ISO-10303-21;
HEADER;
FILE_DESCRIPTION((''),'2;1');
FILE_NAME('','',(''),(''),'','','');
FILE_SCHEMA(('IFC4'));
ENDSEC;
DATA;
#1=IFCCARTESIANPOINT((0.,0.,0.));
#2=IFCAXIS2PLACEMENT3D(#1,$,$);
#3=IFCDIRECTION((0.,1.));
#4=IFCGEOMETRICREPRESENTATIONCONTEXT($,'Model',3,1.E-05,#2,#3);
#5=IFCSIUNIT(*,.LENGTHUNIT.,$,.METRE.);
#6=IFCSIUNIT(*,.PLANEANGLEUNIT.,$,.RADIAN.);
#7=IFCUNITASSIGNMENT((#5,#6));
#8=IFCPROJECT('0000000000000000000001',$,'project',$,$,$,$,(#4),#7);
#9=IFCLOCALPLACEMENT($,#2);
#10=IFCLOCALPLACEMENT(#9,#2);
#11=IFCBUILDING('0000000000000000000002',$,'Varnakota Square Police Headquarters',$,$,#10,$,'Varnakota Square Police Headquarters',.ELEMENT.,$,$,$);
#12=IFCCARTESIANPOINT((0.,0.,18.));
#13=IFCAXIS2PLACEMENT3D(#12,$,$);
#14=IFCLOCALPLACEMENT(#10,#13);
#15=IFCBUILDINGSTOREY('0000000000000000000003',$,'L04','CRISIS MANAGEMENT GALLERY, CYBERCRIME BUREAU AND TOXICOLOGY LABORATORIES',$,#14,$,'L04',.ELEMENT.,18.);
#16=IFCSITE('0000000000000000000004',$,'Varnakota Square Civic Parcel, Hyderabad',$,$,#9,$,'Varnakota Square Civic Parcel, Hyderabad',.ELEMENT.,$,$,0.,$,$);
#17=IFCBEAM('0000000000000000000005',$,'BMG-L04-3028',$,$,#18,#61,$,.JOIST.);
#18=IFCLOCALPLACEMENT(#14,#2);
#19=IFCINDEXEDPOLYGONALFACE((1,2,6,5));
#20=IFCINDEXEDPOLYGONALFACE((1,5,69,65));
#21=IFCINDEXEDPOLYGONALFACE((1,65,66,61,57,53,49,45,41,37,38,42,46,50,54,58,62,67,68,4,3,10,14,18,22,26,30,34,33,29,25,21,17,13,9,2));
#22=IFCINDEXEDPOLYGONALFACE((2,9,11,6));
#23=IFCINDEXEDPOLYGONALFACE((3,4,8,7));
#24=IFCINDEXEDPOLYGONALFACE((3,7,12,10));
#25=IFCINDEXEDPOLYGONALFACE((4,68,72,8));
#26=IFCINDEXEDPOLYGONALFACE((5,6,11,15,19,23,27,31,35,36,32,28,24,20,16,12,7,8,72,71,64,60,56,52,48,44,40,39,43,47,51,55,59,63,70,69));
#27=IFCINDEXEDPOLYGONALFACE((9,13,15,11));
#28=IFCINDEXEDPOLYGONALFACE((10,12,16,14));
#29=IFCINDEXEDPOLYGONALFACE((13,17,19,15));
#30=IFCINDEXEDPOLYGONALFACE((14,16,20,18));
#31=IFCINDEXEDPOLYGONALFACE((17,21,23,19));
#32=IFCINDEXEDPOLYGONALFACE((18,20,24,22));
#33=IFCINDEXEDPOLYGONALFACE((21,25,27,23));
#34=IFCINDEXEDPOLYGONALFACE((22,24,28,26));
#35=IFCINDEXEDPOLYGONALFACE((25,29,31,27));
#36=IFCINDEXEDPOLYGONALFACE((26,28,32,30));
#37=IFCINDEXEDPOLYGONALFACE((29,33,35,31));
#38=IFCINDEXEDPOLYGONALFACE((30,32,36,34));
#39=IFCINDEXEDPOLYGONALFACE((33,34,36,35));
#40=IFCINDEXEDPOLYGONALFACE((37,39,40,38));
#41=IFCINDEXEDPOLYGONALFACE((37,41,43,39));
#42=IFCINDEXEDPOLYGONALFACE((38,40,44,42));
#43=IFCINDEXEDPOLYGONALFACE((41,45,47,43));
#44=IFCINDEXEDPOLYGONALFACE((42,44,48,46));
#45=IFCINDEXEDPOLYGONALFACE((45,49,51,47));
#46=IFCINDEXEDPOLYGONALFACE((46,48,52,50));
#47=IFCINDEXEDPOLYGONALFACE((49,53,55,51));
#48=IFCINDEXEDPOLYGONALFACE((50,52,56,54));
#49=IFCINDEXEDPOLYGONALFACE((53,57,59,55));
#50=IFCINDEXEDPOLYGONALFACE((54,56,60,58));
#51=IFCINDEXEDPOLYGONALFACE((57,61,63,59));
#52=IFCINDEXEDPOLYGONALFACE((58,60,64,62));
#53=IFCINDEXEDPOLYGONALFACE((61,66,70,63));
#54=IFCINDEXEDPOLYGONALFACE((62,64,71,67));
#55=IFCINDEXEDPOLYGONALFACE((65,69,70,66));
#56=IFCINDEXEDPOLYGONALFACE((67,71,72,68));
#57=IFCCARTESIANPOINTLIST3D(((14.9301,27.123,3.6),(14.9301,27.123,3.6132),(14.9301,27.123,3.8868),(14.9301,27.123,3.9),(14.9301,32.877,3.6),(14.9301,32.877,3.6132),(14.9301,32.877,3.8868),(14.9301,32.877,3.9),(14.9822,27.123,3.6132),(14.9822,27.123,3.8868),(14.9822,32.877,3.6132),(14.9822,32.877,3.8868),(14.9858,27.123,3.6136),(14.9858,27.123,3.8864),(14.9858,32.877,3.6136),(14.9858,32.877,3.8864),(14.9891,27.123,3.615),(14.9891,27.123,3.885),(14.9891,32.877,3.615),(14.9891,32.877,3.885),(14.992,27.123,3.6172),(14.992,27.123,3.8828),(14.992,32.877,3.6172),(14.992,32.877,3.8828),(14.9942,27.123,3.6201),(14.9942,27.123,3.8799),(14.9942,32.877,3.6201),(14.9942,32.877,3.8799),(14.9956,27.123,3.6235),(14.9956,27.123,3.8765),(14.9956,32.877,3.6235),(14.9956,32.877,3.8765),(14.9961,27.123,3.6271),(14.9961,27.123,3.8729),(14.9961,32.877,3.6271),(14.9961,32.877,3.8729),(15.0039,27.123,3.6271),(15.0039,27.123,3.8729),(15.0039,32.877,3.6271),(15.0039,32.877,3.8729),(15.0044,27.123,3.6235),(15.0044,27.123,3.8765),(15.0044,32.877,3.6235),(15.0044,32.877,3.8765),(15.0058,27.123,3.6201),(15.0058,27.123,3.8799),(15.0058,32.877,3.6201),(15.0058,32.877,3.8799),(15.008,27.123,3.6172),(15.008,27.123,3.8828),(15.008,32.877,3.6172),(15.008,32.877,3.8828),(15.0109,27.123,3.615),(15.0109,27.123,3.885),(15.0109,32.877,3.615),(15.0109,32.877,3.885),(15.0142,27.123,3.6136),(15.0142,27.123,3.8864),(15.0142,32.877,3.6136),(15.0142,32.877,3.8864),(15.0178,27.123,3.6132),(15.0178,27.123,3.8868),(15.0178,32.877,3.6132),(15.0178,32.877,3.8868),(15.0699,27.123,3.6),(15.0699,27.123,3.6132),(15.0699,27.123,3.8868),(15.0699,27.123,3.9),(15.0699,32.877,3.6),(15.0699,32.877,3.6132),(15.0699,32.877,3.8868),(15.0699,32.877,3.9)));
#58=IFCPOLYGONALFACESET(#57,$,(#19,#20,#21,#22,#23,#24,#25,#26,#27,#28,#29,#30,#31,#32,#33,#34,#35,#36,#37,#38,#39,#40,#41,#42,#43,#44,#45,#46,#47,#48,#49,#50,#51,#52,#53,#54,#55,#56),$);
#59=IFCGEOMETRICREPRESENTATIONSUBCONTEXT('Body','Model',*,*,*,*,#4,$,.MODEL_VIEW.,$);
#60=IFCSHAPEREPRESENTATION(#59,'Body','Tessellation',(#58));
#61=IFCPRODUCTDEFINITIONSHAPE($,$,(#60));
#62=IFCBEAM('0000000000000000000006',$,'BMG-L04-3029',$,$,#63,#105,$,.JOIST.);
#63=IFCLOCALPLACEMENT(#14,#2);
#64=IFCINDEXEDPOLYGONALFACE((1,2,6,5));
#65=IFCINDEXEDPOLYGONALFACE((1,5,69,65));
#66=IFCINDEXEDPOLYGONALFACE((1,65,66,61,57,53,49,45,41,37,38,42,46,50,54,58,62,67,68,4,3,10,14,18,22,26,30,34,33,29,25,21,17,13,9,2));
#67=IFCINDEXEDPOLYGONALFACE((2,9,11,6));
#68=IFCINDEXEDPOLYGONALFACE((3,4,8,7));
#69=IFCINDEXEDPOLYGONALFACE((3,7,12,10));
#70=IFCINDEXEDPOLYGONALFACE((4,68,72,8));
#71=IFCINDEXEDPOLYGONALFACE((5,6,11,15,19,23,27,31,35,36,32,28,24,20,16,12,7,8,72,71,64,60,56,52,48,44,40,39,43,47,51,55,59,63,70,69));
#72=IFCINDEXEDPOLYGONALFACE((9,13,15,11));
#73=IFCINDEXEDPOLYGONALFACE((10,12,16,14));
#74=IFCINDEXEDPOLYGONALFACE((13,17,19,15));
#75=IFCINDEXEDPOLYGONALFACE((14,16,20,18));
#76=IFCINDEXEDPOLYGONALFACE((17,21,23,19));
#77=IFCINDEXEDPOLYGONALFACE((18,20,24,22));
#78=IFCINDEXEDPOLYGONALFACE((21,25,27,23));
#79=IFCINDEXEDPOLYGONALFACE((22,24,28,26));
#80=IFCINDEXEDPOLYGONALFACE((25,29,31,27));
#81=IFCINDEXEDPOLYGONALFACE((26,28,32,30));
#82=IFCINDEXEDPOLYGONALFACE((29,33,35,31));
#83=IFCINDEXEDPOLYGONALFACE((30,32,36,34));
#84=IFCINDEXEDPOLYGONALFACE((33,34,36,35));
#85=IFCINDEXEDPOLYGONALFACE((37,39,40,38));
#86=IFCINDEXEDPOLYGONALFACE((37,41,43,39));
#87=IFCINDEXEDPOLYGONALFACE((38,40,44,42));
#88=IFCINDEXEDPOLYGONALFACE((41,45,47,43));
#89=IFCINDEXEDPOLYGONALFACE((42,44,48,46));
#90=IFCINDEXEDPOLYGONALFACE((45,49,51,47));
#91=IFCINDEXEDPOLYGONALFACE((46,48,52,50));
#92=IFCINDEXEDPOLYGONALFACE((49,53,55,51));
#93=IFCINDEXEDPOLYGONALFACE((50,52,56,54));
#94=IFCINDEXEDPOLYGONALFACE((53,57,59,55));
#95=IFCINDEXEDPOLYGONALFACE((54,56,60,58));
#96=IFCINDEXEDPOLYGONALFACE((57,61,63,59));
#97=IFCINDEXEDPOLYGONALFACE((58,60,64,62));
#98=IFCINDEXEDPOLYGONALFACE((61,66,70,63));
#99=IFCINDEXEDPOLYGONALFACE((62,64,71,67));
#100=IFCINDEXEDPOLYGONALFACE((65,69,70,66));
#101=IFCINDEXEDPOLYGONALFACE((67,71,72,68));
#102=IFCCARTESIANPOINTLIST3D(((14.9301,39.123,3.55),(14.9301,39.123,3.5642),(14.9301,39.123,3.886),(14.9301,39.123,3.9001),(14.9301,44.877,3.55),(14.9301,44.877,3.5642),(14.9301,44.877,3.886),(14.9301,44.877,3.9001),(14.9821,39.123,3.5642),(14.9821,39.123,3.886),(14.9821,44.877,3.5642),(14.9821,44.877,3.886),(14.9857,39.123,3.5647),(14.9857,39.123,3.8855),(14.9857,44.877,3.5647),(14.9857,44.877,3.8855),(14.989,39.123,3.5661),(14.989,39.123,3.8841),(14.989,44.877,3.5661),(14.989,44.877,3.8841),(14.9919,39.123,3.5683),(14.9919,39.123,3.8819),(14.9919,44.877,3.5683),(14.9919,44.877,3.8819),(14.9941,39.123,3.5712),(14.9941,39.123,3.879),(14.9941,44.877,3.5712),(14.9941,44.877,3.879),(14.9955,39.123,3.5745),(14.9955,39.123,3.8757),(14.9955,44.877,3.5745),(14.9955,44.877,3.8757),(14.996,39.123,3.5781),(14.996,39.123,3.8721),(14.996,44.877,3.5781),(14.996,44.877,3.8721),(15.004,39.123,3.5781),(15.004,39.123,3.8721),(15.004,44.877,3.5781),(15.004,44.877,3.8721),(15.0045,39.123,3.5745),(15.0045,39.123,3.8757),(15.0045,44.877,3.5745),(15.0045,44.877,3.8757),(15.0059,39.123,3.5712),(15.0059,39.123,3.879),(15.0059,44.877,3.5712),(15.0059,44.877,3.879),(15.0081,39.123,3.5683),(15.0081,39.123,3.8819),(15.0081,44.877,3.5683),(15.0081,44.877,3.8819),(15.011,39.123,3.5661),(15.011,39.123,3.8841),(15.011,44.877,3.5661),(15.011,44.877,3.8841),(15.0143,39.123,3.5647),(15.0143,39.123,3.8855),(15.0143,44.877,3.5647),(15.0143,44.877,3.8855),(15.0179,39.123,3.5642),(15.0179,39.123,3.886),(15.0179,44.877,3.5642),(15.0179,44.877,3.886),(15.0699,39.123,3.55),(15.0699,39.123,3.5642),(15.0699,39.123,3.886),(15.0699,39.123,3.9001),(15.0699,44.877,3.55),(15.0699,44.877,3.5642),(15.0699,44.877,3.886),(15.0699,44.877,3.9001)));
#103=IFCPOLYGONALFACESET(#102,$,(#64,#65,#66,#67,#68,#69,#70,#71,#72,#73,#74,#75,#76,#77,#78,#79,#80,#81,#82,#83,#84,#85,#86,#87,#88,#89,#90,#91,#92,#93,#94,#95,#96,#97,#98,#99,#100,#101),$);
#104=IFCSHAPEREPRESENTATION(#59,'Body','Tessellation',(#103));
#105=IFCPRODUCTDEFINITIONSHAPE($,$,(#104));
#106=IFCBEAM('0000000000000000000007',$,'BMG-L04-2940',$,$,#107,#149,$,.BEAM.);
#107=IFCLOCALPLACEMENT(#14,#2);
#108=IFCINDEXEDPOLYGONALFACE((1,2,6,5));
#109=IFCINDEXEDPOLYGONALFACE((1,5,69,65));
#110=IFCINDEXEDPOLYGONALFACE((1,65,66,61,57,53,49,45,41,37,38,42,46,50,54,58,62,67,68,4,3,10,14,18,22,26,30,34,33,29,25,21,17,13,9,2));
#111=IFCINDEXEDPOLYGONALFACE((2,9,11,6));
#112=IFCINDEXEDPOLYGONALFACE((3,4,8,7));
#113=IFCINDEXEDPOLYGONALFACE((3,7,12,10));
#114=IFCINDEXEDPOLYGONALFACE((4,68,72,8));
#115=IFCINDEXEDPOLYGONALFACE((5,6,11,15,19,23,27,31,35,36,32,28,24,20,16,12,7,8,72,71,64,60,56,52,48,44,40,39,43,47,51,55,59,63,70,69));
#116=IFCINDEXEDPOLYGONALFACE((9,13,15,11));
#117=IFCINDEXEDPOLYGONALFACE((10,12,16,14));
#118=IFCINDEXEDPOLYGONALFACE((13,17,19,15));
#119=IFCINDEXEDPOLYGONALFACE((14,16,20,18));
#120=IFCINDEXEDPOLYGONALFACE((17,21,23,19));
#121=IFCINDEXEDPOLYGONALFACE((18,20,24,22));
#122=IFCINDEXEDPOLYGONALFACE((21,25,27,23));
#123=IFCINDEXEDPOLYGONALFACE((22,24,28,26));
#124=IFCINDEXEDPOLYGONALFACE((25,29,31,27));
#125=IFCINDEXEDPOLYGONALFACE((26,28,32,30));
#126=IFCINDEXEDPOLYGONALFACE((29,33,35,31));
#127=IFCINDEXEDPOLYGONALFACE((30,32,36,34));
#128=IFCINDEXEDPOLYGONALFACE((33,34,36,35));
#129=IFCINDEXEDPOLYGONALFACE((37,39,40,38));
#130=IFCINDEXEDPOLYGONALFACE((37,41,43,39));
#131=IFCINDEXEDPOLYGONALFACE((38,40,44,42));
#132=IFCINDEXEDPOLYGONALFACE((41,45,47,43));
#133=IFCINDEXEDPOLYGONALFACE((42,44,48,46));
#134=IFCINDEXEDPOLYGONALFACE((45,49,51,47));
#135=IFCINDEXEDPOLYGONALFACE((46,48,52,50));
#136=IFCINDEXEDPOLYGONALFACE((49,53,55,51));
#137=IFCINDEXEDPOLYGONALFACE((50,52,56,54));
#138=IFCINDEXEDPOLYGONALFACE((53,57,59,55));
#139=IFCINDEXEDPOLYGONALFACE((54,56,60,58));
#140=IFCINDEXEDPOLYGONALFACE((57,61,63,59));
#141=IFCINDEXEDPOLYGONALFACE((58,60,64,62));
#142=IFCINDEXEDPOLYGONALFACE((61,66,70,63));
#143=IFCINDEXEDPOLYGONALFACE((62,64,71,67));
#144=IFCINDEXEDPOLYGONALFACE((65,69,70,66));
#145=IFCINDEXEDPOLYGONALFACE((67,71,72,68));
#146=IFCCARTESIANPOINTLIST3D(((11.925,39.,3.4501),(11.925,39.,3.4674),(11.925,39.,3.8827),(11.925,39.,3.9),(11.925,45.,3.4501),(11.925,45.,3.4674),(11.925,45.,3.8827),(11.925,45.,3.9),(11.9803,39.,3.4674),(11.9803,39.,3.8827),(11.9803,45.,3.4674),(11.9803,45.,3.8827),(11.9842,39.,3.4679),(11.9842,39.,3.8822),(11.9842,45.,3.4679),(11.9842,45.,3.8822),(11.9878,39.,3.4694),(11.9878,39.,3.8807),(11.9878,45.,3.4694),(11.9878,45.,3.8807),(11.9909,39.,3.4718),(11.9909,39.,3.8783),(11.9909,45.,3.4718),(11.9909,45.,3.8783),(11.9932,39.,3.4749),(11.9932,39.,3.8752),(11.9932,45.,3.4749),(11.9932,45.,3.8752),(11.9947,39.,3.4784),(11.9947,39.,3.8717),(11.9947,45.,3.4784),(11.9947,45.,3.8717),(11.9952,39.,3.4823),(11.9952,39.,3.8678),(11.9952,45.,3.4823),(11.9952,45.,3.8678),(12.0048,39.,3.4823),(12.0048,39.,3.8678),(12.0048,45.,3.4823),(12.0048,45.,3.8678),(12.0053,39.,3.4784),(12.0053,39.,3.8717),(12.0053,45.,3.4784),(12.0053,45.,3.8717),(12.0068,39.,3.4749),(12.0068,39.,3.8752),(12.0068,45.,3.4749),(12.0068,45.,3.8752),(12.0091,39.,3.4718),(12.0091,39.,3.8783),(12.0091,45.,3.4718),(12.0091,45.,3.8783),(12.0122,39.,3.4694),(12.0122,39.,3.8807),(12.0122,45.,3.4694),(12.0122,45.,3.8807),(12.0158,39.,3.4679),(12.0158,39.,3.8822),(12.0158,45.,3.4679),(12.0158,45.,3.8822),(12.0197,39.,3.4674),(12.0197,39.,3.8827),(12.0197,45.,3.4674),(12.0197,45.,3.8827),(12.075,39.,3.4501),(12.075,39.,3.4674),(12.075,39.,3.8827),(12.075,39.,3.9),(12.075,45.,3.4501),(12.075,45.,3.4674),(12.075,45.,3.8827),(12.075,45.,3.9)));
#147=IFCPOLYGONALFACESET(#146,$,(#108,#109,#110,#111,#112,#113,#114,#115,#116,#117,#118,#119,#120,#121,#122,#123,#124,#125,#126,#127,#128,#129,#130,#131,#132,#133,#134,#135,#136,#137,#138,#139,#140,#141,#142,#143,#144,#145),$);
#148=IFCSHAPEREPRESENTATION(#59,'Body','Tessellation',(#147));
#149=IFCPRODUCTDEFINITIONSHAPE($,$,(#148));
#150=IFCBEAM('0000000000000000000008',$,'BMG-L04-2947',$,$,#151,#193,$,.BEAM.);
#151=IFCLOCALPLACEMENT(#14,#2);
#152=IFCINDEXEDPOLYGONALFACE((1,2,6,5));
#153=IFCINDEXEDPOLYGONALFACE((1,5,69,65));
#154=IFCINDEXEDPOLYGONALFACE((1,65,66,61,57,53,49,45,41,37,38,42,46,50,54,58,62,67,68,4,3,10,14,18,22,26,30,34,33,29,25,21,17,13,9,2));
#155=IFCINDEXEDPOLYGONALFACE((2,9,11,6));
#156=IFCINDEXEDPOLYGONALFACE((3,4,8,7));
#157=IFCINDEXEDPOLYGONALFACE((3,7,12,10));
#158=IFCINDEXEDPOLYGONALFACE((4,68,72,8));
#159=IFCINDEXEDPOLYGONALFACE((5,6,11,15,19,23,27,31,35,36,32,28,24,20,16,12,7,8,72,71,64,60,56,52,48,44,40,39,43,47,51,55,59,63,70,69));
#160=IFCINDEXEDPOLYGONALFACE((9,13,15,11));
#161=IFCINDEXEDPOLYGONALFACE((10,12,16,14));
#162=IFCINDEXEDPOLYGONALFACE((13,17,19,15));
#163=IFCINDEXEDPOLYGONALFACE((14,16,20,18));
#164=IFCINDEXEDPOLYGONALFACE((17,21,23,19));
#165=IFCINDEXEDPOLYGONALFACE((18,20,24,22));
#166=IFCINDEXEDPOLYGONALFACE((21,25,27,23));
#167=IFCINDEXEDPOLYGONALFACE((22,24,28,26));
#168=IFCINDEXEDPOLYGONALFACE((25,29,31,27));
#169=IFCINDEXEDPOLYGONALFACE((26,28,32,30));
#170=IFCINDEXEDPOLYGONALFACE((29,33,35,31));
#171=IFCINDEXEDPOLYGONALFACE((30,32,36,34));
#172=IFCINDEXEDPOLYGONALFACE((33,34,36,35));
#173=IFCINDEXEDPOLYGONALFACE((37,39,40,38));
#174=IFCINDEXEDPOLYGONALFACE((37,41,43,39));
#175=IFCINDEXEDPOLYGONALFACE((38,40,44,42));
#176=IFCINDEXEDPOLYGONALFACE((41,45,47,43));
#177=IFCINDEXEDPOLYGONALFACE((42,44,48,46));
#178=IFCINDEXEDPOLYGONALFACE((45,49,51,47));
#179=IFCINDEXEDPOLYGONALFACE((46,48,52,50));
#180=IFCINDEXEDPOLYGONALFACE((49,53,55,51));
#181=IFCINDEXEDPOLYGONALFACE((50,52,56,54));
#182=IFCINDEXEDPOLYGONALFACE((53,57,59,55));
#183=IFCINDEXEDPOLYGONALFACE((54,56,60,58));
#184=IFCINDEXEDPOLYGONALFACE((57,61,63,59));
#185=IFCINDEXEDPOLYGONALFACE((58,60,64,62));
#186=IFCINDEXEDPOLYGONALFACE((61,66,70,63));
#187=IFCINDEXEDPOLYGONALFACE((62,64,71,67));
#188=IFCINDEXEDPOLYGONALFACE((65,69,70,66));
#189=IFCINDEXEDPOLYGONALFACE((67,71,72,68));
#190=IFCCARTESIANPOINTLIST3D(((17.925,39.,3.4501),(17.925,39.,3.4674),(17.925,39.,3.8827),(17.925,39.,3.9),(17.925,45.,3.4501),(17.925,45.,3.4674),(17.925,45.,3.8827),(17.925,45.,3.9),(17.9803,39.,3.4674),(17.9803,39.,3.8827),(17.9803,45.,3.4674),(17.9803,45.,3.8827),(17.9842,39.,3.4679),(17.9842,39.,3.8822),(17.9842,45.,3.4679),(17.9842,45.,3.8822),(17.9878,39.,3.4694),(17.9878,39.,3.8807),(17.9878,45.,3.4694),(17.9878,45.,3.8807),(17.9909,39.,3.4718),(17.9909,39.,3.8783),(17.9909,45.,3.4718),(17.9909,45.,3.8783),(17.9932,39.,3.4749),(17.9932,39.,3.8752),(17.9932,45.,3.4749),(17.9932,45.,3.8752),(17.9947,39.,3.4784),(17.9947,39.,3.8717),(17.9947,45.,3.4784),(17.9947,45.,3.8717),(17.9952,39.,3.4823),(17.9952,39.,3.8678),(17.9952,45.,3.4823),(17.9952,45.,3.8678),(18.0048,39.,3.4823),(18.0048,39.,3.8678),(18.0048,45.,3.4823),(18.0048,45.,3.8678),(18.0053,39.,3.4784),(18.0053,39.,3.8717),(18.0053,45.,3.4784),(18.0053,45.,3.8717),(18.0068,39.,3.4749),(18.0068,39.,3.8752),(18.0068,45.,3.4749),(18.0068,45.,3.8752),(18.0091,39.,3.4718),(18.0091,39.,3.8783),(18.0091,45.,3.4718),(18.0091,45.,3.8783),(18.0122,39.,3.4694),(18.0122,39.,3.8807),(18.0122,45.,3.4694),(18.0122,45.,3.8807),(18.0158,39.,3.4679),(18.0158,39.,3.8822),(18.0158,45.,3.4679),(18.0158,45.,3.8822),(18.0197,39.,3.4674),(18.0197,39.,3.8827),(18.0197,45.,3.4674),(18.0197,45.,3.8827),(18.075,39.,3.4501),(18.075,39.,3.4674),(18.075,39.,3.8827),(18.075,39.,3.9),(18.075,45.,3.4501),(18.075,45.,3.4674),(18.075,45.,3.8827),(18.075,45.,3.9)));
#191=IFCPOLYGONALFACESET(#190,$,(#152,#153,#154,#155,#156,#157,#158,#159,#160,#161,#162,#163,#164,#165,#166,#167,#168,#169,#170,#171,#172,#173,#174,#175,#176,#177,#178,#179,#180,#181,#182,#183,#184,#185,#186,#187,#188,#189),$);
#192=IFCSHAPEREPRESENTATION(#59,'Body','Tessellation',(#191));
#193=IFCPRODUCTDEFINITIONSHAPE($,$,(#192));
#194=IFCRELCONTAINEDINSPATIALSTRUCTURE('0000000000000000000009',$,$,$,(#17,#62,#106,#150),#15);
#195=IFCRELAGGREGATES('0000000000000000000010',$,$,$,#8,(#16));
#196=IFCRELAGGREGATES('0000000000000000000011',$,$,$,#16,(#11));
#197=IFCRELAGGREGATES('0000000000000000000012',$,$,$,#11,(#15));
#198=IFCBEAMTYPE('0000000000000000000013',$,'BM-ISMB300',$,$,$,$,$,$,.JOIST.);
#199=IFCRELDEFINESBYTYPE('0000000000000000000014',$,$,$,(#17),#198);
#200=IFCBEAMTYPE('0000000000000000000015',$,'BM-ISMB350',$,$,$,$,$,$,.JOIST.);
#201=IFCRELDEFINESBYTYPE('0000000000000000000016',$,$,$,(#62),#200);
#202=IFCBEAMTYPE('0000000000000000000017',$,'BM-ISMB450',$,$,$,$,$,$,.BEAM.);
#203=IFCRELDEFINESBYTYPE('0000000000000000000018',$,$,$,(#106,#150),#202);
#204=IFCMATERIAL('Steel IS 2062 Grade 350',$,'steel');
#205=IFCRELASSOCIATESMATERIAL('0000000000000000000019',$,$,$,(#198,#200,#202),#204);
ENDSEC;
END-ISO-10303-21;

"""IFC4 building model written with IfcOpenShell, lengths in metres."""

from ifc_helpers import new_model, si_unit, direction, frame, origin, origin_2d, place, context, subcontext, project, spatial, i_section, extrude, material, material_profile, profile_set, type_object, element, save


model = new_model("IFC4")

# Units and contexts
model_context = context("Model", 3, precision=1e-05, world=origin(), true_north=direction((0.0, 1.0)))
body_context = subcontext(model_context, "Body", "Model", "MODEL_VIEW")
ifc_project = project(units=[si_unit("LENGTHUNIT", "METRE"), si_unit("PLANEANGLEUNIT", "RADIAN")], contexts=[model_context])

# Site, building, storey
site_placement = place(None, origin())
site = spatial("IfcSite", under=ifc_project, at=site_placement, Name="Varnakota Square Civic Parcel, Hyderabad", LongName="Varnakota Square Civic Parcel, Hyderabad", CompositionType="ELEMENT", RefElevation=0.0)
building_placement = place(site_placement, origin())
building = spatial("IfcBuilding", under=site, at=building_placement, Name="Varnakota Square Police Headquarters", LongName="Varnakota Square Police Headquarters", CompositionType="ELEMENT")
storey_placement = place(building_placement, frame((0.0, 0.0, 18.0)))
storey = spatial("IfcBuildingStorey", under=building, at=storey_placement, Name="L04", Description="CRISIS MANAGEMENT GALLERY, CYBERCRIME BUREAU AND TOXICOLOGY LABORATORIES", LongName="L04", CompositionType="ELEMENT", Elevation=18.0)

# Shared definitions
ifc_material_1 = material(Name="Steel IS 2062 Grade 350", Category="steel")

# Beams
ifc_material_profile_1 = material_profile(ifc_material_1, i_section(OverallWidth=0.1399, OverallDepth=0.3, WebThickness=0.0078, FlangeThickness=0.0132, FilletRadius=0.0139, at=origin_2d()), Name="ISMB 300")
ifc_profile_set_1 = profile_set([ifc_material_profile_1], Name="Steel IS 2062 Grade 350")
beam_type_1 = type_object("IfcBeamType", Name="BM-ISMB300", PredefinedType="JOIST", material=ifc_profile_set_1)
beam_1_placement = place(storey_placement, frame((15.0, 27.123, 3.75), z_axis=(0.0, 1.0, 0.0), x_axis=(-1.0, 0.0, 0.0)))
element("IfcBeam", 1, at=beam_1_placement, inside=storey, type_object=beam_type_1, Name="BMG-L04-3028", PredefinedType="JOIST", context=body_context, shape_type="SweptSolid", body=[
    extrude(i_section(OverallWidth=0.1399, OverallDepth=0.3, WebThickness=0.0078, FlangeThickness=0.0132, FilletRadius=0.0139, at=origin_2d()), origin(), (0.0, 0.0, 1.0), 5.7539),
])
ifc_material_profile_2 = material_profile(ifc_material_1, i_section(OverallWidth=0.1399, OverallDepth=0.3501, WebThickness=0.0081, FlangeThickness=0.0142, FilletRadius=0.0139, at=origin_2d()), Name="ISMB 350")
ifc_profile_set_2 = profile_set([ifc_material_profile_2], Name="Steel IS 2062 Grade 350")
beam_type_2 = type_object("IfcBeamType", Name="BM-ISMB350", PredefinedType="JOIST", material=ifc_profile_set_2)
beam_2_placement = place(storey_placement, frame((15.0, 39.123, 3.7251), z_axis=(0.0, 1.0, 0.0), x_axis=(-1.0, 0.0, 0.0)))
element("IfcBeam", 2, at=beam_2_placement, inside=storey, type_object=beam_type_2, Name="BMG-L04-3029", PredefinedType="JOIST", context=body_context, shape_type="SweptSolid", body=[
    extrude(i_section(OverallWidth=0.1399, OverallDepth=0.3501, WebThickness=0.0081, FlangeThickness=0.0142, FilletRadius=0.0139, at=origin_2d()), origin(), (0.0, 0.0, 1.0), 5.7539),
])
ifc_material_profile_3 = material_profile(ifc_material_1, i_section(OverallWidth=0.1499, OverallDepth=0.45, WebThickness=0.0095, FlangeThickness=0.0173, FilletRadius=0.0149, at=origin_2d()), Name="ISMB 450")
ifc_profile_set_3 = profile_set([ifc_material_profile_3], Name="Steel IS 2062 Grade 350")
beam_type_3 = type_object("IfcBeamType", Name="BM-ISMB450", PredefinedType="BEAM", material=ifc_profile_set_3)
for number, where, z_axis, x_axis, name in (
    (3, (12.0, 39.0, 3.675), (0.0, 1.0, 0.0), (-1.0, 0.0, 0.0), "BMG-L04-2940"),
    (4, (18.0, 39.0, 3.675), (0.0, 1.0, 0.0), (-1.0, 0.0, 0.0), "BMG-L04-2947"),
):
    element("IfcBeam", number, at=place(storey_placement, frame(where, z_axis=z_axis, x_axis=x_axis)), inside=storey, type_object=beam_type_3, Name=name, PredefinedType="BEAM", context=body_context, shape_type="SweptSolid", body=[
        extrude(i_section(OverallWidth=0.1499, OverallDepth=0.45, WebThickness=0.0095, FlangeThickness=0.0173, FilletRadius=0.0149, at=origin_2d()), origin(), (0.0, 0.0, 1.0), 6.0),
    ])

save(model, "model.ifc")
